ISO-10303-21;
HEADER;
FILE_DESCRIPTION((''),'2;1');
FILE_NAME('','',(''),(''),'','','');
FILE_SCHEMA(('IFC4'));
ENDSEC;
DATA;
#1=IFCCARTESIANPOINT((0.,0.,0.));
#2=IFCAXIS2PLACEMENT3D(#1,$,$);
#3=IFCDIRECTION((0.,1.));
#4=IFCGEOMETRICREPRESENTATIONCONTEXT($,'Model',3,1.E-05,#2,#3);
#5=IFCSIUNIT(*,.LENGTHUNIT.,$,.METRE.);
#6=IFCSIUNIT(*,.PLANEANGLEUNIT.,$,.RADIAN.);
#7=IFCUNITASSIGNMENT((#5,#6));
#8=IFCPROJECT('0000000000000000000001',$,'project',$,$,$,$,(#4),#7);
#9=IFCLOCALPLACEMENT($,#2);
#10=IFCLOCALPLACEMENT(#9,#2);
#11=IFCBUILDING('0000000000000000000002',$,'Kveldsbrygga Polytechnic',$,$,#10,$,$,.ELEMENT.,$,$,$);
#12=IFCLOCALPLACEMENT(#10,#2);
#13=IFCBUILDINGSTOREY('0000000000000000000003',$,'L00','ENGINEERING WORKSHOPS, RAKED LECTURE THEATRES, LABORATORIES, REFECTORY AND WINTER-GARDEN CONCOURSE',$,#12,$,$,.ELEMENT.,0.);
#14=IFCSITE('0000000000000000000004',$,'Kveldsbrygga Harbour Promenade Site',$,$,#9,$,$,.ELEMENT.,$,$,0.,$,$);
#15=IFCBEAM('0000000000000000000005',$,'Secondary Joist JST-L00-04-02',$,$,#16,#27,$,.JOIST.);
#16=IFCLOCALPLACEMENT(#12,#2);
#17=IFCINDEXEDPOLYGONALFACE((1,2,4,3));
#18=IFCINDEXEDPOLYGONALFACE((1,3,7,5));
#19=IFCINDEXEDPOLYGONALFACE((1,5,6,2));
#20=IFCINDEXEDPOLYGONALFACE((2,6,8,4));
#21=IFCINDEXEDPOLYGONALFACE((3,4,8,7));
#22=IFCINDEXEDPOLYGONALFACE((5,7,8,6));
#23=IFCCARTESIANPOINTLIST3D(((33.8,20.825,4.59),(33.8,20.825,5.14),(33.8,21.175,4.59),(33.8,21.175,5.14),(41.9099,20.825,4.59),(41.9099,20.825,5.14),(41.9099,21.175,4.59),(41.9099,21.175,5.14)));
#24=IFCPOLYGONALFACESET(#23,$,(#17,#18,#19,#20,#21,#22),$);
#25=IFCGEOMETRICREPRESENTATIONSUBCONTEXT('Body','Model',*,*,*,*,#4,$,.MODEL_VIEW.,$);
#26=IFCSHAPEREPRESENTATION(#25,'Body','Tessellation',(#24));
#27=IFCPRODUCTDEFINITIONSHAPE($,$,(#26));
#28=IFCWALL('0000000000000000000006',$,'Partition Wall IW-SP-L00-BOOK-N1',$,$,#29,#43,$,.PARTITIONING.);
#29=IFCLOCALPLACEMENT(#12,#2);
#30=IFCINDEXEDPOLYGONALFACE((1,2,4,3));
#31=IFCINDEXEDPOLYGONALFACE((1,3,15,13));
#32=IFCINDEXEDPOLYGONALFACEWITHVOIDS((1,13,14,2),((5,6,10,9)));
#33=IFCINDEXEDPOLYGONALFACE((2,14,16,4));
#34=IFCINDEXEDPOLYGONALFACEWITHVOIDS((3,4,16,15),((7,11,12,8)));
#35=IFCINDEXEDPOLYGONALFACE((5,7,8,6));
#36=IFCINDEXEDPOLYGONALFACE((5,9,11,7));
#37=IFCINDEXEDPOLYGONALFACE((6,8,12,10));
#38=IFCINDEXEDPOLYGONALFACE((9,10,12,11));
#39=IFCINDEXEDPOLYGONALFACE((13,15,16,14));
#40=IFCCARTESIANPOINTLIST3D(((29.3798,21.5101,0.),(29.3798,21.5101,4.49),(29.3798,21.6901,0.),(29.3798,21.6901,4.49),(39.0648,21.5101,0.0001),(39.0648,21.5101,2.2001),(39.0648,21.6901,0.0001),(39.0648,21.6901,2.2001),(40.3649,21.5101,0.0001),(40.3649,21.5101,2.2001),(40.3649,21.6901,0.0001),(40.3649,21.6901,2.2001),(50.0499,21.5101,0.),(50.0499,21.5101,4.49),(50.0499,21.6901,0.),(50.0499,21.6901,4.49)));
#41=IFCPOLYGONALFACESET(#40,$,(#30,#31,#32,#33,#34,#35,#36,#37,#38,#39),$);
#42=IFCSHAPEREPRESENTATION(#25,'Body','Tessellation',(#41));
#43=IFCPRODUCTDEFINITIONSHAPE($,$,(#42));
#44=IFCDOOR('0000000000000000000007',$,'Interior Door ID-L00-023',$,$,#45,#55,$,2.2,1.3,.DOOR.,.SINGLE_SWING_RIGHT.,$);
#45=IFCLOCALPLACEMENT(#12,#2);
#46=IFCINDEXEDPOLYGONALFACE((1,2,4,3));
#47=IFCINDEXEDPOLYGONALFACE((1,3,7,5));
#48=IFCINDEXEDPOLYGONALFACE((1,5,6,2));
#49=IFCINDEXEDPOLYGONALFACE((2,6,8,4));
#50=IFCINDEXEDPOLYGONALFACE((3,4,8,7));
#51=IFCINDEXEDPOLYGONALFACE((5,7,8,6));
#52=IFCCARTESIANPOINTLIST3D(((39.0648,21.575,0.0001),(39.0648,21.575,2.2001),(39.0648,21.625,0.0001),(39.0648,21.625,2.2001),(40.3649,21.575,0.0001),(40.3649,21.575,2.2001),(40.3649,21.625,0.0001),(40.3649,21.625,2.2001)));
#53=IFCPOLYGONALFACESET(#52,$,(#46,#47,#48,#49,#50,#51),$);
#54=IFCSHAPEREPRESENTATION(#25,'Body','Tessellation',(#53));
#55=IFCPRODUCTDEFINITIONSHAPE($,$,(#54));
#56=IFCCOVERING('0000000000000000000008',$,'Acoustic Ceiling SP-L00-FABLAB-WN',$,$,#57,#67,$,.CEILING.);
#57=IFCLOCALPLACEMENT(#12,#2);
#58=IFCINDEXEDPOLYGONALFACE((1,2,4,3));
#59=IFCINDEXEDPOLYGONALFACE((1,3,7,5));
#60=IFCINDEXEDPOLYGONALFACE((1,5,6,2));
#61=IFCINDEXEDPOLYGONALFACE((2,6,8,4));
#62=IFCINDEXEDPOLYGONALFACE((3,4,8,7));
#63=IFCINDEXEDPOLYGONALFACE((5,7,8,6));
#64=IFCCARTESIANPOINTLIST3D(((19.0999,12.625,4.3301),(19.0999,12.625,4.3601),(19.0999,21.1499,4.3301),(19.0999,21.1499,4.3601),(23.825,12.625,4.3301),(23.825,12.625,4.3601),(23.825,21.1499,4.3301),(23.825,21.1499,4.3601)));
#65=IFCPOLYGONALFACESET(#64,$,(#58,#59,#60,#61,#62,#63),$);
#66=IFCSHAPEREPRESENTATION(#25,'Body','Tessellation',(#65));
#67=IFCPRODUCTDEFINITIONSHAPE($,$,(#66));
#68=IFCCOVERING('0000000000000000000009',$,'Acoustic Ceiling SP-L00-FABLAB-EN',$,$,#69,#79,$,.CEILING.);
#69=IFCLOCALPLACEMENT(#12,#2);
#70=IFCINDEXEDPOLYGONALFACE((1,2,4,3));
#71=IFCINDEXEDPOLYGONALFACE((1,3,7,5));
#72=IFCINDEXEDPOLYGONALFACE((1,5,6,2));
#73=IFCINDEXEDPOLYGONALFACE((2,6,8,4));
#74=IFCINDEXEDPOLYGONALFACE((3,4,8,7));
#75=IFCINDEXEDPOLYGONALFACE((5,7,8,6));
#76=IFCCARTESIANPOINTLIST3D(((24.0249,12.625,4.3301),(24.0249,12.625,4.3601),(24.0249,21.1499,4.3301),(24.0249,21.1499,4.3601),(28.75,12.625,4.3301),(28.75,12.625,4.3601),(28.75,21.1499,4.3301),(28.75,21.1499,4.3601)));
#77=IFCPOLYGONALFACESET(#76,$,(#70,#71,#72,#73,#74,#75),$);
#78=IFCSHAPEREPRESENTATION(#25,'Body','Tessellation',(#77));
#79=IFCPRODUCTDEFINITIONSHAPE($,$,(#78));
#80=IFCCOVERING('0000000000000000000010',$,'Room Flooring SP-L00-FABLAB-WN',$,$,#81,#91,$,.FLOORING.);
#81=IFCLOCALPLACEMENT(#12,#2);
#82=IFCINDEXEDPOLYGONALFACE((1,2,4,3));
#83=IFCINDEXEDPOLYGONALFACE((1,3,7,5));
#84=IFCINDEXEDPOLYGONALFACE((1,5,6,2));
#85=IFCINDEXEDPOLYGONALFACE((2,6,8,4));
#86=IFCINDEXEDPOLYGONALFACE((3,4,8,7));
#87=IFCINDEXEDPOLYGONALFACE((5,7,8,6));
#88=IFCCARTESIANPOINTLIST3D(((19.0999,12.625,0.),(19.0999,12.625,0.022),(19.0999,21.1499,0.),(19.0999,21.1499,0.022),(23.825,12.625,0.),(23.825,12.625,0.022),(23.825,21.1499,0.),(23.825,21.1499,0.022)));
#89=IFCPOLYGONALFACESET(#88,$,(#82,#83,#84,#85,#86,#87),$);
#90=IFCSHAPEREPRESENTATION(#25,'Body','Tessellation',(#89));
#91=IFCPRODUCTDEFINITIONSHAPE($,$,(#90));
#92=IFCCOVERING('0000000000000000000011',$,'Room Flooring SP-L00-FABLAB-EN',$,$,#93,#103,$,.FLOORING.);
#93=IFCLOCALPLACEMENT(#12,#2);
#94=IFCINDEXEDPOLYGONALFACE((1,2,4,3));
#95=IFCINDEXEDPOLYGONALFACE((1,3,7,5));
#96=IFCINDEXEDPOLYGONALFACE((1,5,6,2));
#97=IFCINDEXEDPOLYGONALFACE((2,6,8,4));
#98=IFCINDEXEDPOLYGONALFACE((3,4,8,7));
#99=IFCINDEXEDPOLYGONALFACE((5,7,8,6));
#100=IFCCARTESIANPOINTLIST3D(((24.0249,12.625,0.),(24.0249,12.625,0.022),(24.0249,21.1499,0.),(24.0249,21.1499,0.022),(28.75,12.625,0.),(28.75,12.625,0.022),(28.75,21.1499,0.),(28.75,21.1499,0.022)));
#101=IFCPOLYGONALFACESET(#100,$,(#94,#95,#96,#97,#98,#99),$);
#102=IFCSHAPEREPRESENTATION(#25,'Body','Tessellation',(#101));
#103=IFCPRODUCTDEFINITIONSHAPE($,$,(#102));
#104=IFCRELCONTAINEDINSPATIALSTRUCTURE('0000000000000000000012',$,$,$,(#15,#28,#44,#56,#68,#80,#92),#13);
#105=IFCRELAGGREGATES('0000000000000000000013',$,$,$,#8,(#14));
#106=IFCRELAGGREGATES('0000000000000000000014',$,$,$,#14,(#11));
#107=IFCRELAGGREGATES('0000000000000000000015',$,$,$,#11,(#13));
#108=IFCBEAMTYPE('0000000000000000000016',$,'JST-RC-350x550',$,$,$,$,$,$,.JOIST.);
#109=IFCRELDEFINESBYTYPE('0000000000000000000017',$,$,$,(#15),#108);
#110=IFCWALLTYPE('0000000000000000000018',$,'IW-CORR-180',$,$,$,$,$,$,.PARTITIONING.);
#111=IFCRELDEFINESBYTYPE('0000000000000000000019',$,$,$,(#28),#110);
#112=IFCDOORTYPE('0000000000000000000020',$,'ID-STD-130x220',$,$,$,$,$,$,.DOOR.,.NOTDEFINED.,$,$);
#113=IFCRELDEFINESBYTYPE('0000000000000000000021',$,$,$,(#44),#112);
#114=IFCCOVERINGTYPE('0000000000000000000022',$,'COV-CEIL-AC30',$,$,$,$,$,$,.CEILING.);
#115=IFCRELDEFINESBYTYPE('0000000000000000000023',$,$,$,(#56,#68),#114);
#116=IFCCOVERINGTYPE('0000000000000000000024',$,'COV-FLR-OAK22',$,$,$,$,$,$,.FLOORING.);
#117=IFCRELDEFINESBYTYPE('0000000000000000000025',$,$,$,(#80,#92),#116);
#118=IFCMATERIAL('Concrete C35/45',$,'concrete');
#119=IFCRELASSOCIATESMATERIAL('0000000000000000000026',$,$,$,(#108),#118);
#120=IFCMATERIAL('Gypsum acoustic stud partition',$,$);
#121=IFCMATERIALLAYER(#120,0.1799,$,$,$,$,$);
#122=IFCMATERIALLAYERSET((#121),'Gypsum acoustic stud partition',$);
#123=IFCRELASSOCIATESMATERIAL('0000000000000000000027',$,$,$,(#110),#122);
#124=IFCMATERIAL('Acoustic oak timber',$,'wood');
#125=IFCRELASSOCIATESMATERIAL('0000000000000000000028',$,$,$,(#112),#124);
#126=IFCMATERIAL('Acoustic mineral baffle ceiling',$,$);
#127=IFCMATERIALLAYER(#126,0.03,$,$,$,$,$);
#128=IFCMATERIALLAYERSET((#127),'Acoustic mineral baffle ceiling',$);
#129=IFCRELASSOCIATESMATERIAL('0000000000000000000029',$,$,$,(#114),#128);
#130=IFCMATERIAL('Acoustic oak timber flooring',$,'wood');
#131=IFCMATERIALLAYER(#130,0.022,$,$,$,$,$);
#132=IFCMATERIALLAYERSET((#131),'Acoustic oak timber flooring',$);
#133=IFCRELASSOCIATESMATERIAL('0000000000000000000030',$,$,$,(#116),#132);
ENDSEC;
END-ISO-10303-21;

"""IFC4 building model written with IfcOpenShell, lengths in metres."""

from ifc_helpers import new_model, si_unit, direction, frame, frame_2d, origin, origin_2d, place, context, subcontext, project, spatial, rectangle, extrude, material, layer, layer_set, material_profile, profile_set, type_object, element, fill, save


model = new_model("IFC4")

# Units and contexts
model_context = context("Model", 3, precision=1e-05, world=origin(), true_north=direction((0.0, 1.0)))
body_context = subcontext(model_context, "Body", "Model", "MODEL_VIEW")
ifc_project = project(units=[si_unit("LENGTHUNIT", "METRE"), si_unit("PLANEANGLEUNIT", "RADIAN")], contexts=[model_context])

# Site, building, storey
site_placement = place(None, origin())
site = spatial("IfcSite", under=ifc_project, at=site_placement, Name="Kveldsbrygga Harbour Promenade Site", CompositionType="ELEMENT", RefElevation=0.0)
building_placement = place(site_placement, origin())
building = spatial("IfcBuilding", under=site, at=building_placement, Name="Kveldsbrygga Polytechnic", CompositionType="ELEMENT")
storey_placement = place(building_placement, origin())
storey = spatial("IfcBuildingStorey", under=building, at=storey_placement, Name="L00", Description="ENGINEERING WORKSHOPS, RAKED LECTURE THEATRES, LABORATORIES, REFECTORY AND WINTER-GARDEN CONCOURSE", CompositionType="ELEMENT", Elevation=0.0)

# Beam
ifc_material_1 = material(Name="Concrete C35/45", Category="concrete")
ifc_material_profile_1 = material_profile(ifc_material_1, rectangle(XDim=0.3501, YDim=0.55, at=origin_2d()), Name="RC 350x550")
ifc_profile_set_1 = profile_set([ifc_material_profile_1], Name="Concrete C35/45")
beam_type_1 = type_object("IfcBeamType", Name="JST-RC-350x550", PredefinedType="JOIST", material=ifc_profile_set_1)
for number, where, z_axis, x_axis, name in (
    (1, (33.8, 21.0, 4.865), (1.0, 0.0, 0.0), (0.0, 1.0, 0.0), "Secondary Joist JST-L00-04-02"),
):
    element("IfcBeam", number, at=place(storey_placement, frame(where, z_axis=z_axis, x_axis=x_axis)), inside=storey, type_object=beam_type_1, Name=name, PredefinedType="JOIST", context=body_context, shape_type="SweptSolid", body=[
        extrude(rectangle(XDim=0.3501, YDim=0.55, at=origin_2d()), origin(), (0.0, 0.0, 1.0), 8.1099),
    ])

# Wall, opening, door
ifc_material_2 = material(Name="Gypsum acoustic stud partition")
ifc_layer_1 = layer(ifc_material_2, 0.1799)
ifc_layer_set_1 = layer_set([ifc_layer_1], Name="Gypsum acoustic stud partition")
wall_type = type_object("IfcWallType", Name="IW-CORR-180", PredefinedType="PARTITIONING", material=ifc_layer_set_1)
wall_placement = place(storey_placement, frame((29.3799, 21.6001, 0.0), z_axis=(0.0, 0.0, 1.0), x_axis=(1.0, 0.0, 0.0)))
wall = element("IfcWall", 2, at=wall_placement, inside=storey, type_object=wall_type, Name="Partition Wall IW-SP-L00-BOOK-N1", PredefinedType="PARTITIONING", context=body_context, shape_type="SweptSolid", body=[
    extrude(rectangle(XDim=20.6702, YDim=0.1799, at=frame_2d((10.335, 0.0))), origin(), (0.0, 0.0, 1.0), 4.49),
])
opening_placement = place(wall_placement, frame((9.6851, 0.0, 0.0)))
opening = element("IfcOpeningElement", 3, at=opening_placement, cuts=wall, PredefinedType="OPENING", context=body_context, shape_type="SweptSolid", body=[
    extrude(rectangle(XDim=1.3, YDim=2.2, at=frame_2d((0.6499, 1.1001))), frame((0.0, 0.1001, 0.0), z_axis=(0.0, -1.0, 0.0), x_axis=(1.0, 0.0, 0.0)), (0.0, 0.0, 1.0), 0.2),
])
ifc_material_3 = material(Name="Acoustic oak timber", Category="wood")
door_type = type_object("IfcDoorType", Name="ID-STD-130x220", OperationType="NOTDEFINED", PredefinedType="DOOR", material=ifc_material_3)
door_placement = place(opening_placement, origin())
door = element("IfcDoor", 4, at=door_placement, inside=storey, type_object=door_type, Name="Interior Door ID-L00-023", OperationType="SINGLE_SWING_RIGHT", OverallHeight=2.2, OverallWidth=1.3, PredefinedType="DOOR", context=body_context, shape_type="SweptSolid", body=[
    extrude(rectangle(XDim=1.3, YDim=2.2, at=frame_2d((0.6499, 1.1001))), frame((0.0, 0.0249, 0.0), z_axis=(0.0, -1.0, 0.0), x_axis=(1.0, 0.0, 0.0)), (0.0, 0.0, 1.0), 0.05),
])
fill(opening, door)

# Coverings
ifc_material_4 = material(Name="Acoustic mineral baffle ceiling")
ifc_layer_2 = layer(ifc_material_4, 0.03)
ifc_layer_set_2 = layer_set([ifc_layer_2], Name="Acoustic mineral baffle ceiling")
covering_type_1 = type_object("IfcCoveringType", Name="COV-CEIL-AC30", PredefinedType="CEILING", material=ifc_layer_set_2)
for number, where, z_axis, x_axis, name in (
    (5, (21.4624, 16.8875, 4.3301), (0.0, 0.0, 1.0), (1.0, 0.0, 0.0), "Acoustic Ceiling SP-L00-FABLAB-WN"),
    (6, (26.3875, 16.8875, 4.3301), (0.0, 0.0, 1.0), (1.0, 0.0, 0.0), "Acoustic Ceiling SP-L00-FABLAB-EN"),
):
    element("IfcCovering", number, at=place(storey_placement, frame(where, z_axis=z_axis, x_axis=x_axis)), inside=storey, type_object=covering_type_1, Name=name, PredefinedType="CEILING", context=body_context, shape_type="SweptSolid", body=[
        extrude(rectangle(XDim=4.7251, YDim=8.5249, at=origin_2d()), origin(), (0.0, 0.0, 1.0), 0.03),
    ])
ifc_material_5 = material(Name="Acoustic oak timber flooring", Category="wood")
ifc_layer_3 = layer(ifc_material_5, 0.022)
ifc_layer_set_3 = layer_set([ifc_layer_3], Name="Acoustic oak timber flooring")
covering_type_2 = type_object("IfcCoveringType", Name="COV-FLR-OAK22", PredefinedType="FLOORING", material=ifc_layer_set_3)
for number, where, z_axis, x_axis, name in (
    (7, (21.4624, 16.8875, 0.0), (0.0, 0.0, 1.0), (1.0, 0.0, 0.0), "Room Flooring SP-L00-FABLAB-WN"),
    (8, (26.3875, 16.8875, 0.0), (0.0, 0.0, 1.0), (1.0, 0.0, 0.0), "Room Flooring SP-L00-FABLAB-EN"),
):
    element("IfcCovering", number, at=place(storey_placement, frame(where, z_axis=z_axis, x_axis=x_axis)), inside=storey, type_object=covering_type_2, Name=name, PredefinedType="FLOORING", context=body_context, shape_type="SweptSolid", body=[
        extrude(rectangle(XDim=4.7251, YDim=8.5249, at=origin_2d()), origin(), (0.0, 0.0, 1.0), 0.022),
    ])

save(model, "model.ifc")
